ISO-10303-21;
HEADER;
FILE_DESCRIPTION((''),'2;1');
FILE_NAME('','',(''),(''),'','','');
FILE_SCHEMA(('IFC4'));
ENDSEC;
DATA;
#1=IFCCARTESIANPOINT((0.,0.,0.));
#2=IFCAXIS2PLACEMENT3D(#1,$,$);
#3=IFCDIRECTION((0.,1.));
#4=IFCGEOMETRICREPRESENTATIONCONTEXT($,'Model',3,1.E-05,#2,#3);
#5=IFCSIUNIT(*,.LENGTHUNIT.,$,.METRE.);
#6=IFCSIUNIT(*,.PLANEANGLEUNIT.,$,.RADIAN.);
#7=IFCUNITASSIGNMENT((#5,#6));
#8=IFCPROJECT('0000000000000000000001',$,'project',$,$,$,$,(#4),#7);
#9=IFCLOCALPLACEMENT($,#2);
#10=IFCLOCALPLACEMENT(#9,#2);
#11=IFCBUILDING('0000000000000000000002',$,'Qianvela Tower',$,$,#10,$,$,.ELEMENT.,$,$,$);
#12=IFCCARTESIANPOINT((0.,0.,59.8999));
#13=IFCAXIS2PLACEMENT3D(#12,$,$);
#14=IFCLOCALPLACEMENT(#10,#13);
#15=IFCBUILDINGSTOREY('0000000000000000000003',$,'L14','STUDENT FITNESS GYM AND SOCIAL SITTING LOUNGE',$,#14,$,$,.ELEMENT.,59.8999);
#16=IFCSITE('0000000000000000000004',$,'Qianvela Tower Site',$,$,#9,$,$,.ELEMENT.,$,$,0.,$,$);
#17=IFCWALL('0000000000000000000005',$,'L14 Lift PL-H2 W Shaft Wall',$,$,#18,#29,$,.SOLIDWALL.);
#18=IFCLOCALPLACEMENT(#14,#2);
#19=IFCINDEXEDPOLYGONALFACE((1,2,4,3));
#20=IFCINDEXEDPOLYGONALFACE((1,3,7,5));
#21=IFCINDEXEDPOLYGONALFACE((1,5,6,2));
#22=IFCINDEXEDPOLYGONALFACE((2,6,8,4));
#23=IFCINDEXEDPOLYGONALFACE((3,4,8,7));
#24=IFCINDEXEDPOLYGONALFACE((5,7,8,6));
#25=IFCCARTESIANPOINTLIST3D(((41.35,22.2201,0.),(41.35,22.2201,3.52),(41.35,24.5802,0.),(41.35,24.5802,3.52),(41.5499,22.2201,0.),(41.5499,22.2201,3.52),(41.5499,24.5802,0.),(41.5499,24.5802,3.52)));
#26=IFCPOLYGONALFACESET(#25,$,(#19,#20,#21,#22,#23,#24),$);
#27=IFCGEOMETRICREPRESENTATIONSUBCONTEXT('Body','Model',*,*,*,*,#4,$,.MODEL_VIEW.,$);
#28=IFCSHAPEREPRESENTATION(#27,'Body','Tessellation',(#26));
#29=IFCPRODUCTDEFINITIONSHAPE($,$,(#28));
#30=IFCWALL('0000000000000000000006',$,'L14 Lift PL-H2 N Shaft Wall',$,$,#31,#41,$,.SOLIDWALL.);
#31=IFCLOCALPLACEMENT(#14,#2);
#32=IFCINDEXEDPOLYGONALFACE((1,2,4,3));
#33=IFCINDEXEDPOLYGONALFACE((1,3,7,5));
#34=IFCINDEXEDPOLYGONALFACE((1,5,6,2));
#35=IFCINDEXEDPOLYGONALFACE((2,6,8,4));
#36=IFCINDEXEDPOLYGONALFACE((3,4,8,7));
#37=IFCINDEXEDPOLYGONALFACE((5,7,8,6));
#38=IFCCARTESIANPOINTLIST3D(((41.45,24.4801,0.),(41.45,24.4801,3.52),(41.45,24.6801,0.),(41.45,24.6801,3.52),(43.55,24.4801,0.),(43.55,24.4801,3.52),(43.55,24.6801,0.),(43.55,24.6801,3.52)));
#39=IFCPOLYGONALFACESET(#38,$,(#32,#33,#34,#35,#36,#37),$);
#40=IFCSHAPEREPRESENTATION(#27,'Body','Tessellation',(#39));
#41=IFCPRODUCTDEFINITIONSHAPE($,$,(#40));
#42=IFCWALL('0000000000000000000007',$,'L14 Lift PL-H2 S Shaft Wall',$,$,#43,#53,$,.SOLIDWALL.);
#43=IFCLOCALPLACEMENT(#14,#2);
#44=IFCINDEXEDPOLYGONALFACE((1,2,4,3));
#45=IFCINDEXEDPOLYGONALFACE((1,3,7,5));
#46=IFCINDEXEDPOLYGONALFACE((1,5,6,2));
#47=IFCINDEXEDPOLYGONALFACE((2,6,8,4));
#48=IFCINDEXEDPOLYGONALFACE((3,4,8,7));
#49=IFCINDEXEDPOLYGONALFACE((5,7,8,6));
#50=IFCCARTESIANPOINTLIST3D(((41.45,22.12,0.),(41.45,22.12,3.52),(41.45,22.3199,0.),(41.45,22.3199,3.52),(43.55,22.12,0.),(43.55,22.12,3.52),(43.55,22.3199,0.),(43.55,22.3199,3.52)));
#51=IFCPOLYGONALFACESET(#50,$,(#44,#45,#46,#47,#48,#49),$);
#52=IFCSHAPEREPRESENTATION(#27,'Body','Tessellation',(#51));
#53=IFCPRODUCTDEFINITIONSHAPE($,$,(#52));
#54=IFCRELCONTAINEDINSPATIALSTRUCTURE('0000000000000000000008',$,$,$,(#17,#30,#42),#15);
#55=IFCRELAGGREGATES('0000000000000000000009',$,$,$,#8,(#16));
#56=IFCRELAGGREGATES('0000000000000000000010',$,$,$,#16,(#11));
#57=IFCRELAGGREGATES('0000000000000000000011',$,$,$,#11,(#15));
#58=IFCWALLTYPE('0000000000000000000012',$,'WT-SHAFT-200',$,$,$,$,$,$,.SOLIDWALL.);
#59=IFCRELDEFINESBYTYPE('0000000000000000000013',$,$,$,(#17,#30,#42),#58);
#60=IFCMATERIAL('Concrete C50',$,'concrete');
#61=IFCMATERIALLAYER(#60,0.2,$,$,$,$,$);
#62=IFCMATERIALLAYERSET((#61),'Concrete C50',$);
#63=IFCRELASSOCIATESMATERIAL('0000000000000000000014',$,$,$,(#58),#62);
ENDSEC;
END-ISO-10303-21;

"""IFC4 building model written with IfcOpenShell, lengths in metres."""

from ifc_helpers import new_model, si_unit, direction, frame, frame_2d, origin, place, context, subcontext, project, spatial, rectangle, extrude, material, layer, layer_set, type_object, element, save


model = new_model("IFC4")

# Units and contexts
model_context = context("Model", 3, precision=1e-05, world=origin(), true_north=direction((0.0, 1.0)))
body_context = subcontext(model_context, "Body", "Model", "MODEL_VIEW")
ifc_project = project(units=[si_unit("LENGTHUNIT", "METRE"), si_unit("PLANEANGLEUNIT", "RADIAN")], contexts=[model_context])

# Site, building, storey
site_placement = place(None, origin())
site = spatial("IfcSite", under=ifc_project, at=site_placement, Name="Qianvela Tower Site", CompositionType="ELEMENT", RefElevation=0.0)
building_placement = place(site_placement, origin())
building = spatial("IfcBuilding", under=site, at=building_placement, Name="Qianvela Tower", CompositionType="ELEMENT")
storey_placement = place(building_placement, frame((0.0, 0.0, 59.8999)))
storey = spatial("IfcBuildingStorey", under=building, at=storey_placement, Name="L14", Description="STUDENT FITNESS GYM AND SOCIAL SITTING LOUNGE", CompositionType="ELEMENT", Elevation=59.8999)

# Walls
ifc_material_1 = material(Name="Concrete C50", Category="concrete")
ifc_layer_1 = layer(ifc_material_1, 0.2)
ifc_layer_set_1 = layer_set([ifc_layer_1], Name="Concrete C50")
wall_type_1 = type_object("IfcWallType", Name="WT-SHAFT-200", PredefinedType="SOLIDWALL", material=ifc_layer_set_1)
for number, where, z_axis, x_axis, name in (
    (1, (41.45, 22.22, 0.0), (0.0, 0.0, 1.0), (0.0, 1.0, 0.0), "L14 Lift PL-H2 W Shaft Wall"),
):
    element("IfcWall", number, at=place(storey_placement, frame(where, z_axis=z_axis, x_axis=x_axis)), inside=storey, type_object=wall_type_1, Name=name, PredefinedType="SOLIDWALL", context=body_context, shape_type="SweptSolid", body=[
        extrude(rectangle(XDim=2.3601, YDim=0.2, at=frame_2d((1.1802, 0.0))), origin(), (0.0, 0.0, 1.0), 3.52),
    ])
for number, where, z_axis, x_axis, name in (
    (2, (41.45, 24.5801, 0.0), (0.0, 0.0, 1.0), (1.0, 0.0, 0.0), "L14 Lift PL-H2 N Shaft Wall"),
    (3, (41.45, 22.22, 0.0), (0.0, 0.0, 1.0), (1.0, 0.0, 0.0), "L14 Lift PL-H2 S Shaft Wall"),
):
    element("IfcWall", number, at=place(storey_placement, frame(where, z_axis=z_axis, x_axis=x_axis)), inside=storey, type_object=wall_type_1, Name=name, PredefinedType="SOLIDWALL", context=body_context, shape_type="SweptSolid", body=[
        extrude(rectangle(XDim=2.1001, YDim=0.2, at=frame_2d((1.05, 0.0))), origin(), (0.0, 0.0, 1.0), 3.52),
    ])

save(model, "model.ifc")
